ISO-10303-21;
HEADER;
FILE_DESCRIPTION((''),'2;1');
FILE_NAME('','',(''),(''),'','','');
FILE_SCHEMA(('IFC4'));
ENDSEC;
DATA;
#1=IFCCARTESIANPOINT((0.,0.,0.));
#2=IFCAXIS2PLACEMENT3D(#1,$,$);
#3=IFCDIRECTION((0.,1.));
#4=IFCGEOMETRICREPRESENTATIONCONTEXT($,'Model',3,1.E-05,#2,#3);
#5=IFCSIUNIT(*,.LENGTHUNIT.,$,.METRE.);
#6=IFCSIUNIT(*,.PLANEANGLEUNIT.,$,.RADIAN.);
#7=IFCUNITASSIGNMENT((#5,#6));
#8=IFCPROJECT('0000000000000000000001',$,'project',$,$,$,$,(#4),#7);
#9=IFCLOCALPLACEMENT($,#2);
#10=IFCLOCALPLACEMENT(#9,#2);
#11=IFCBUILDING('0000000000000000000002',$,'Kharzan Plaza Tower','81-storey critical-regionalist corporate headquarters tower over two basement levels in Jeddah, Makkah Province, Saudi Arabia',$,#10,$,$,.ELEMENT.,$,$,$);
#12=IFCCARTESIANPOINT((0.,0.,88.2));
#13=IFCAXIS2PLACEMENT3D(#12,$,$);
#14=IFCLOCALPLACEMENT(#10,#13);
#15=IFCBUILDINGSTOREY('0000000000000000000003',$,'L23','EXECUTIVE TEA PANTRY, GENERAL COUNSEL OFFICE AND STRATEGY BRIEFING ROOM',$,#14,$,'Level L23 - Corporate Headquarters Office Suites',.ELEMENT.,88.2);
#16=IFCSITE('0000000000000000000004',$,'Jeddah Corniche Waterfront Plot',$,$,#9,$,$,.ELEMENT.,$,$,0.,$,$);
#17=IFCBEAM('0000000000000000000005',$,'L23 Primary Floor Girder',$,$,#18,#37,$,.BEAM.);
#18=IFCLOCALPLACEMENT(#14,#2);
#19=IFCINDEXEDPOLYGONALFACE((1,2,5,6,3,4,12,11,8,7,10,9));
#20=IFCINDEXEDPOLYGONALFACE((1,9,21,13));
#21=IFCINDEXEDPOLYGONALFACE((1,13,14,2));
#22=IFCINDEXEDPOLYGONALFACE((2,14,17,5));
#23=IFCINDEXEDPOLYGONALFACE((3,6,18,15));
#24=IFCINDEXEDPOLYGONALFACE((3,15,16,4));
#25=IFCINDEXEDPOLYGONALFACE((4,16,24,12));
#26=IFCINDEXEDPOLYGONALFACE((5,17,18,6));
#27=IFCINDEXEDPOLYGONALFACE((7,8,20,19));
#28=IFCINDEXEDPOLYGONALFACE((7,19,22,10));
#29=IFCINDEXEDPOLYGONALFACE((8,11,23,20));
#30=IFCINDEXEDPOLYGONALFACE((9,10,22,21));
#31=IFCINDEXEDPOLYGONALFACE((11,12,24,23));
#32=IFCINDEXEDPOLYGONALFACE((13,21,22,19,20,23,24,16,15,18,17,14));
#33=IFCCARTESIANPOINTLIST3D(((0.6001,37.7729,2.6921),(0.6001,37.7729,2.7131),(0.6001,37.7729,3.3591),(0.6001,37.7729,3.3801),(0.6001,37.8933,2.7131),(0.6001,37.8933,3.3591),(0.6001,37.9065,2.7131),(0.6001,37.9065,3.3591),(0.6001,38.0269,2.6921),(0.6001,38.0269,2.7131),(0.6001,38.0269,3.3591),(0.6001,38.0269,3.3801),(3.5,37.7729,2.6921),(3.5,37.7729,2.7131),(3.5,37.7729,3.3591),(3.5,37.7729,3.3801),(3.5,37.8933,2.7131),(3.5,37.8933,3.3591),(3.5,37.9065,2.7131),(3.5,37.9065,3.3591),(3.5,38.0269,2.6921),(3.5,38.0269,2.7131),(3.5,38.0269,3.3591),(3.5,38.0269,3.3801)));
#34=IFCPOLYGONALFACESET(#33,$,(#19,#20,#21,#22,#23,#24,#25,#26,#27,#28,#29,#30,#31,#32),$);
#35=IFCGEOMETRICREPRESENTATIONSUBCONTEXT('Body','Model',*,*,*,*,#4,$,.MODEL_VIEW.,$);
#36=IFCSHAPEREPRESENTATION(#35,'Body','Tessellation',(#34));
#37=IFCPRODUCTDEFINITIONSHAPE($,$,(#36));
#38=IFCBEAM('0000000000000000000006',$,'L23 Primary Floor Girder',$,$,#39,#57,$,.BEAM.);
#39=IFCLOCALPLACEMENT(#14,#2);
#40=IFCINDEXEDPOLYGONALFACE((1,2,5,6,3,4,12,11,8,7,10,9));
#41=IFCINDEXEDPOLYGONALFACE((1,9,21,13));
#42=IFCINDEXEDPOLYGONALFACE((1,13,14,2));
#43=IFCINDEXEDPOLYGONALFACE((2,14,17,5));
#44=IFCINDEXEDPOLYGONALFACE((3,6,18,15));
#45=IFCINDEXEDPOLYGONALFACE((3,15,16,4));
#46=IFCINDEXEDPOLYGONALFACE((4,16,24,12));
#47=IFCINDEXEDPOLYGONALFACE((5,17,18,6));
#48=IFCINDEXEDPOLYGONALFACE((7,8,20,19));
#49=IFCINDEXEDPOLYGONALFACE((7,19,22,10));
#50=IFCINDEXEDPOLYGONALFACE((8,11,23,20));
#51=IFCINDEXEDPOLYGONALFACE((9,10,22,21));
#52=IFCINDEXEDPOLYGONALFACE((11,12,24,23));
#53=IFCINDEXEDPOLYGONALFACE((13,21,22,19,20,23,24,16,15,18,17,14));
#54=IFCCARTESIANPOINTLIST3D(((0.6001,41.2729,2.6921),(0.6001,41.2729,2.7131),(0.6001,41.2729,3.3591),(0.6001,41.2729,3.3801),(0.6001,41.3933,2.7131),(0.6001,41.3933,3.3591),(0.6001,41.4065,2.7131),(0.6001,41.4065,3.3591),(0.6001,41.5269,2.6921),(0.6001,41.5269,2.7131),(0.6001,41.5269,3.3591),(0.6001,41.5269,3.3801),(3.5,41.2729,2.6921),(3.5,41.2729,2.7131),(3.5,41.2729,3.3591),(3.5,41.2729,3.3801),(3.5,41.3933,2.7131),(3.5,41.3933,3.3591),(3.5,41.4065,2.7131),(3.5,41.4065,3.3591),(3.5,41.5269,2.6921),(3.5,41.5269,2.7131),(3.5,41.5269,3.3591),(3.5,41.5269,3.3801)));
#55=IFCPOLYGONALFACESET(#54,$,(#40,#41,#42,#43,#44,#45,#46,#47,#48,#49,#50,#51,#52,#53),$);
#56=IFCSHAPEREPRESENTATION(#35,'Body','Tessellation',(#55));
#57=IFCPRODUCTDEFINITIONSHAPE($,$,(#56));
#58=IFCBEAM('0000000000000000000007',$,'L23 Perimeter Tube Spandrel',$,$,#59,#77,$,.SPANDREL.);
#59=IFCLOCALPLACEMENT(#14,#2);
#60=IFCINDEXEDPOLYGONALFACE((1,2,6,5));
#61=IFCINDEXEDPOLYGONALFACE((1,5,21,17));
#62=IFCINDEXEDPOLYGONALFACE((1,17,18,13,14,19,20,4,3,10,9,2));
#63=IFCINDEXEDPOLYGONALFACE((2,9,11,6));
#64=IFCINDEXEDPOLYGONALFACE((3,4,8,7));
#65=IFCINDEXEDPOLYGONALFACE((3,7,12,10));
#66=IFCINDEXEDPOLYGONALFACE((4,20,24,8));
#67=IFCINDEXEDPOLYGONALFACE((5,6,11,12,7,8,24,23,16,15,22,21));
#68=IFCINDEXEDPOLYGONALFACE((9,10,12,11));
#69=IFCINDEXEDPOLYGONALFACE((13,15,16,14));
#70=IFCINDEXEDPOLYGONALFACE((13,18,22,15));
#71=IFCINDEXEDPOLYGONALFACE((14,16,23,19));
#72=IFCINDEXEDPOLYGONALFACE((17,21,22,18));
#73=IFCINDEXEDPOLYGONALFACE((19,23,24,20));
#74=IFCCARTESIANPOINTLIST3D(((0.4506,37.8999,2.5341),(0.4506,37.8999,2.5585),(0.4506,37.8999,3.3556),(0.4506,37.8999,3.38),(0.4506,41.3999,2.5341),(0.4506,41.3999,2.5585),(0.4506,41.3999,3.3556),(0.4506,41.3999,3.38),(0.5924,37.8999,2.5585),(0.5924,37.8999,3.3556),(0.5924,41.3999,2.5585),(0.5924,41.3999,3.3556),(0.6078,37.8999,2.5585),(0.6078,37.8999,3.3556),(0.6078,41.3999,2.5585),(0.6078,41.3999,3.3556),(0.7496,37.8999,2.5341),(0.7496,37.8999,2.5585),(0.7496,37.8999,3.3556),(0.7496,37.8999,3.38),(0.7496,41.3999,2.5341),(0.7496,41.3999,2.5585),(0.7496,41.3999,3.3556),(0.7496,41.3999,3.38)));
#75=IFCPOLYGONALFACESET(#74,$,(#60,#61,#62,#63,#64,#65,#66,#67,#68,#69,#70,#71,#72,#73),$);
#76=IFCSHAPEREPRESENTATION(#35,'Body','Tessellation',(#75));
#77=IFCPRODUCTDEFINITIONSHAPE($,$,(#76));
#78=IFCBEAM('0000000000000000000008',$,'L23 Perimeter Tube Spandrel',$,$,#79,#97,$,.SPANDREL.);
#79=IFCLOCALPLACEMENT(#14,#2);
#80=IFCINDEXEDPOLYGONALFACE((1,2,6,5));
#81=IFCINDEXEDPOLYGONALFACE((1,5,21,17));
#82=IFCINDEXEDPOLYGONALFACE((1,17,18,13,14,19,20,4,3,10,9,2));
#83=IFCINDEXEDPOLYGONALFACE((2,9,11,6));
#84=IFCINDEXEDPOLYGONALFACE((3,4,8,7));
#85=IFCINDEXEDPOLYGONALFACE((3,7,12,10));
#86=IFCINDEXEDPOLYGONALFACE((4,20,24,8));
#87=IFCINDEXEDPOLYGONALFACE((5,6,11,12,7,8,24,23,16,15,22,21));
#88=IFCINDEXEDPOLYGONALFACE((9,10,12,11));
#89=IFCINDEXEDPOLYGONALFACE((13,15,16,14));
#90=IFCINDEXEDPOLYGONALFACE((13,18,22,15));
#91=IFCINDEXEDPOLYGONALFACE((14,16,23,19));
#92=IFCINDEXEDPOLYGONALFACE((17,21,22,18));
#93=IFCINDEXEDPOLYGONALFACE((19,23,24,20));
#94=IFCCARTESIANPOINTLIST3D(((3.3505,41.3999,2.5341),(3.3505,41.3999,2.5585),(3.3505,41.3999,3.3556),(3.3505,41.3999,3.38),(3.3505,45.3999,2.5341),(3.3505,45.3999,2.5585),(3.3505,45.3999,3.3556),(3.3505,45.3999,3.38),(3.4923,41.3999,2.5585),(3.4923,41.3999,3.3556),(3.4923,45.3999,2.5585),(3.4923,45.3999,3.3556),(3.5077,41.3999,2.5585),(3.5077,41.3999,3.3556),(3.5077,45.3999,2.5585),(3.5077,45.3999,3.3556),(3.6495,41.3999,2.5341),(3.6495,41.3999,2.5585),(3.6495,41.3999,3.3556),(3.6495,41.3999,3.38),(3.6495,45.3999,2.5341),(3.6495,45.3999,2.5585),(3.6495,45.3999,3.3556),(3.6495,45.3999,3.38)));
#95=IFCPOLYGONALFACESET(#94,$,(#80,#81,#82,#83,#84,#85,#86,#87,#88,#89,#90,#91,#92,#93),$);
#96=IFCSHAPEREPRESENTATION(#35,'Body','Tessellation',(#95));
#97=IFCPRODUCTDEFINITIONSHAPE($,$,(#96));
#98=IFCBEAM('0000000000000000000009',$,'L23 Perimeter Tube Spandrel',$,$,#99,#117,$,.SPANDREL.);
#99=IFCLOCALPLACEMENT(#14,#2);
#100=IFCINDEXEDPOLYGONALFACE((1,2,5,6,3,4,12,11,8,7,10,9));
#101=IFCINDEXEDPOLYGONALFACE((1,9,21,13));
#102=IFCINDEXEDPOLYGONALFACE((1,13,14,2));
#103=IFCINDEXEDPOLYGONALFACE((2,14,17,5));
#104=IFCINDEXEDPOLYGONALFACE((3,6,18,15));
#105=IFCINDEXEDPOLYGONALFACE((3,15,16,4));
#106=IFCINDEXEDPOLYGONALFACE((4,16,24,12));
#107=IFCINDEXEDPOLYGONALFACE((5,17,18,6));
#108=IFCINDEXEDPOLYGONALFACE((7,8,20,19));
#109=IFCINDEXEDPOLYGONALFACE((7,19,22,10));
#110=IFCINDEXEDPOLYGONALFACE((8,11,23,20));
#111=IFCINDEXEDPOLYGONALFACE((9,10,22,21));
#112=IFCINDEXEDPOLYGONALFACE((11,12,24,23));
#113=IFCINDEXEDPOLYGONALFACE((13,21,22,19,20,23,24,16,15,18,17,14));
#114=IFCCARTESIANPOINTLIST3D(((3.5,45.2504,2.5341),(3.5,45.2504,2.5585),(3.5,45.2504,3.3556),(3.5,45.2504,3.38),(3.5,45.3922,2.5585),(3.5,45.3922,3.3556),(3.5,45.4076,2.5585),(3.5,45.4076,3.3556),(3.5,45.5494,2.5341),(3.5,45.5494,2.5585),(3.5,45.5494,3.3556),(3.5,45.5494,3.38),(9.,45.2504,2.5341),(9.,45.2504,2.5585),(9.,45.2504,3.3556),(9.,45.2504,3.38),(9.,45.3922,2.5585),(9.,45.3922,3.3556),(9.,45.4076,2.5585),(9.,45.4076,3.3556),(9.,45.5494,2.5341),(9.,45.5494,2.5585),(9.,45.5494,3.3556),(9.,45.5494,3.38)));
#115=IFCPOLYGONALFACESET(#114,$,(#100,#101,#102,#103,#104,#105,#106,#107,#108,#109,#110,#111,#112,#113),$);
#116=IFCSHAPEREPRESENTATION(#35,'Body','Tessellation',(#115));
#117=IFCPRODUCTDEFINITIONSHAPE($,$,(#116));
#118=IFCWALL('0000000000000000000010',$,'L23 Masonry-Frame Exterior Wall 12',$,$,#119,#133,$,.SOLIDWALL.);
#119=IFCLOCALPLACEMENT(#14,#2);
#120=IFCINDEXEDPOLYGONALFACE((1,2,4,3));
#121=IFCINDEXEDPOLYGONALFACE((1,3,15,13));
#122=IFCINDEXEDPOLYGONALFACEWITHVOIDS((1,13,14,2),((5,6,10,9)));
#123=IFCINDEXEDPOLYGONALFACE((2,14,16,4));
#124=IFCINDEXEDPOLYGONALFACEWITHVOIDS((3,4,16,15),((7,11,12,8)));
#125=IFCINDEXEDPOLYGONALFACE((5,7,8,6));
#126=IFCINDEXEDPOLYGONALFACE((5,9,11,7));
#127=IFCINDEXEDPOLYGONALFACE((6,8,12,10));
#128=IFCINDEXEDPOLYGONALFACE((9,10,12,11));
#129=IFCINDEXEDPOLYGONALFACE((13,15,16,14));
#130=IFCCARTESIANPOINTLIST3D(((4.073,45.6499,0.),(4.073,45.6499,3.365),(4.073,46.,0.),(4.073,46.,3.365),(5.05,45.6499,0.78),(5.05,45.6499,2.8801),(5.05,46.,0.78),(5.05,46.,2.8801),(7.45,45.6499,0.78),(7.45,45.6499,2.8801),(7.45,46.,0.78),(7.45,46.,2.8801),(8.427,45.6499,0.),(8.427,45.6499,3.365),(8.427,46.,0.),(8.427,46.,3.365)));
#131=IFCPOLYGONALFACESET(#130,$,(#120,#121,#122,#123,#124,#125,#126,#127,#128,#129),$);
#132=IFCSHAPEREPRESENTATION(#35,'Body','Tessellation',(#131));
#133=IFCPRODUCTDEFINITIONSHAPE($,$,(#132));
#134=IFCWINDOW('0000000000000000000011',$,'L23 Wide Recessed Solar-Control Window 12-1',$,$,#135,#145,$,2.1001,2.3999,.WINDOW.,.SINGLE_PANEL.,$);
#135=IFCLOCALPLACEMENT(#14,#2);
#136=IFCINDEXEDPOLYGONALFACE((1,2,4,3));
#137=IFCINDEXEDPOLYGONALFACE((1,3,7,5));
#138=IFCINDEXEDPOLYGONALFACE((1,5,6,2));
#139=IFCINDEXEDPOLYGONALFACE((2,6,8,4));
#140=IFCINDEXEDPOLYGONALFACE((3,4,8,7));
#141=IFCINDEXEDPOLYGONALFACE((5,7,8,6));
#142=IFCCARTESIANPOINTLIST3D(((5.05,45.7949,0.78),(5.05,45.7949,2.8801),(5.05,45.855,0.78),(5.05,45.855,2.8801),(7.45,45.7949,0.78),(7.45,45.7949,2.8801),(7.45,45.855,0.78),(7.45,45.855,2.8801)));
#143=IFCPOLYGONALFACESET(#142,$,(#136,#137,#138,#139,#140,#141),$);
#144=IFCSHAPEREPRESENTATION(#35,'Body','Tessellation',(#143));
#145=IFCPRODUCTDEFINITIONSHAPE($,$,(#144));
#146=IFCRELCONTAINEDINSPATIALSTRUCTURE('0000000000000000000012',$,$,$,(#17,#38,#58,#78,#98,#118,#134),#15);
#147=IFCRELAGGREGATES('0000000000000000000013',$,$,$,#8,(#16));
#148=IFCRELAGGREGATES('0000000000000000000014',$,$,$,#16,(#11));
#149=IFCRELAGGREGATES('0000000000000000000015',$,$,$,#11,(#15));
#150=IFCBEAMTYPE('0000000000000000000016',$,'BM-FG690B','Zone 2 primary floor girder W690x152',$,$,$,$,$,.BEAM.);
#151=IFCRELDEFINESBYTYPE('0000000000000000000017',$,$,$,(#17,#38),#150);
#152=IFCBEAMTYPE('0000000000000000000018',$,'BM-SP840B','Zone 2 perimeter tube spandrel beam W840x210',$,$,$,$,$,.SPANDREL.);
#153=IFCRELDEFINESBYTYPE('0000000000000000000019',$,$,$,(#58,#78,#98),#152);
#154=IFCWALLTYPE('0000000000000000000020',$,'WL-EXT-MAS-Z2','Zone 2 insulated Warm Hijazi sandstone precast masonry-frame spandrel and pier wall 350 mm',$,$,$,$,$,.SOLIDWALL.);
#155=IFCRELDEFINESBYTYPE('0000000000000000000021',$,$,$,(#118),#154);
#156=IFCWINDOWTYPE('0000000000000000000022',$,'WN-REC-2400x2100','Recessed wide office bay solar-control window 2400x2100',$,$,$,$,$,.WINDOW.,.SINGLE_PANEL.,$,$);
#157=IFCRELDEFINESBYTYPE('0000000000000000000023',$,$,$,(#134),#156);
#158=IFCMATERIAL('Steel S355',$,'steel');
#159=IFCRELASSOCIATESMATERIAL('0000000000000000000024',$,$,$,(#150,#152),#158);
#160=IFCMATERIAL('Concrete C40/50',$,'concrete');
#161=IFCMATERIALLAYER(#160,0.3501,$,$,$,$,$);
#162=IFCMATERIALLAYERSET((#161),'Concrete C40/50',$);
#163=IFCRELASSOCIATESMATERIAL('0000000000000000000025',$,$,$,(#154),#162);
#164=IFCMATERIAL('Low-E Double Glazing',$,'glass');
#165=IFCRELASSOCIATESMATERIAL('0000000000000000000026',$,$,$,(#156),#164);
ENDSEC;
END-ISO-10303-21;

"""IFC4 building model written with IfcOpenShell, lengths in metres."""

from ifc_helpers import new_model, si_unit, direction, frame, frame_2d, origin, origin_2d, place, context, subcontext, project, spatial, rectangle, i_section, extrude, source, transform, mapped, material, layer, layer_set, material_profile, profile_set, type_object, element, fill, save


model = new_model("IFC4")

# Units and contexts
model_context = context("Model", 3, precision=1e-05, world=origin(), true_north=direction((0.0, 1.0)))
body_context = subcontext(model_context, "Body", "Model", "MODEL_VIEW")
ifc_project = project(units=[si_unit("LENGTHUNIT", "METRE"), si_unit("PLANEANGLEUNIT", "RADIAN")], contexts=[model_context])

# Site, building, storey
site_placement = place(None, origin())
site = spatial("IfcSite", under=ifc_project, at=site_placement, Name="Jeddah Corniche Waterfront Plot", CompositionType="ELEMENT", RefElevation=0.0)
building_placement = place(site_placement, origin())
building = spatial("IfcBuilding", under=site, at=building_placement, Name="Kharzan Plaza Tower", Description="81-storey critical-regionalist corporate headquarters tower over two basement levels in Jeddah, Makkah Province, Saudi Arabia", CompositionType="ELEMENT")
storey_placement = place(building_placement, frame((0.0, 0.0, 88.2)))
storey = spatial("IfcBuildingStorey", under=building, at=storey_placement, Name="L23", Description="EXECUTIVE TEA PANTRY, GENERAL COUNSEL OFFICE AND STRATEGY BRIEFING ROOM", LongName="Level L23 - Corporate Headquarters Office Suites", CompositionType="ELEMENT", Elevation=88.2)

# Beams
ifc_material_1 = material(Name="Steel S355", Category="steel")
ifc_material_profile_1 = material_profile(ifc_material_1, i_section(OverallWidth=0.2539, OverallDepth=0.688, WebThickness=0.0132, FlangeThickness=0.021, at=origin_2d()), Name="W690x152")
ifc_profile_set_1 = profile_set([ifc_material_profile_1], Name="Steel S355")
beam_type_1 = type_object("IfcBeamType", Name="BM-FG690B", Description="Zone 2 primary floor girder W690x152", PredefinedType="BEAM", material=ifc_profile_set_1)
shared_shape_1 = source(origin(), body_context, "Body", "SweptSolid", [
    extrude(i_section(OverallWidth=0.2539, OverallDepth=0.688, WebThickness=0.0132, FlangeThickness=0.021, at=origin_2d()), origin(), (0.0, 0.0, 1.0), 2.8999),
])
for number, where, z_axis, x_axis, name in (
    (1, (0.6001, 37.8999, 3.0361), (1.0, 0.0, 0.0), (0.0, 1.0, 0.0), "L23 Primary Floor Girder"),
    (2, (0.6001, 41.3999, 3.0361), (1.0, 0.0, 0.0), (0.0, 1.0, 0.0), "L23 Primary Floor Girder"),
):
    element("IfcBeam", number, at=place(storey_placement, frame(where, z_axis=z_axis, x_axis=x_axis)), inside=storey, type_object=beam_type_1, Name=name, PredefinedType="BEAM", context=body_context, shape_type="MappedRepresentation", body=[
        mapped(shared_shape_1, transform((0.0, 0.0, 0.0), x_axis=(1.0, 0.0, 0.0), y_axis=(0.0, 1.0, 0.0), z_axis=(0.0, 0.0, 1.0))),
    ])
ifc_material_profile_2 = material_profile(ifc_material_1, i_section(OverallWidth=0.2991, OverallDepth=0.8459, WebThickness=0.0154, FlangeThickness=0.0244, at=origin_2d()), Name="W840x210")
ifc_profile_set_2 = profile_set([ifc_material_profile_2], Name="Steel S355")
beam_type_2 = type_object("IfcBeamType", Name="BM-SP840B", Description="Zone 2 perimeter tube spandrel beam W840x210", PredefinedType="SPANDREL", material=ifc_profile_set_2)
shared_shape_2 = source(origin(), body_context, "Body", "SweptSolid", [
    extrude(i_section(OverallWidth=0.2991, OverallDepth=0.8459, WebThickness=0.0154, FlangeThickness=0.0244, at=origin_2d()), origin(), (0.0, 0.0, 1.0), 3.5),
])
beam_1_placement = place(storey_placement, frame((0.6001, 37.8999, 2.957), z_axis=(0.0, 1.0, 0.0), x_axis=(-1.0, 0.0, 0.0)))
element("IfcBeam", 3, at=beam_1_placement, inside=storey, type_object=beam_type_2, Name="L23 Perimeter Tube Spandrel", PredefinedType="SPANDREL", context=body_context, shape_type="MappedRepresentation", body=[
    mapped(shared_shape_2, transform((0.0, 0.0, 0.0), x_axis=(1.0, 0.0, 0.0), y_axis=(0.0, 1.0, 0.0), z_axis=(0.0, 0.0, 1.0))),
])
shared_shape_3 = source(origin(), body_context, "Body", "SweptSolid", [
    extrude(i_section(OverallWidth=0.2991, OverallDepth=0.8459, WebThickness=0.0154, FlangeThickness=0.0244, at=origin_2d()), origin(), (0.0, 0.0, 1.0), 4.0),
])
beam_2_placement = place(storey_placement, frame((3.5, 41.3999, 2.957), z_axis=(0.0, 1.0, 0.0), x_axis=(-1.0, 0.0, 0.0)))
element("IfcBeam", 4, at=beam_2_placement, inside=storey, type_object=beam_type_2, Name="L23 Perimeter Tube Spandrel", PredefinedType="SPANDREL", context=body_context, shape_type="MappedRepresentation", body=[
    mapped(shared_shape_3, transform((0.0, 0.0, 0.0), x_axis=(1.0, 0.0, 0.0), y_axis=(0.0, 1.0, 0.0), z_axis=(0.0, 0.0, 1.0))),
])
shared_shape_4 = source(origin(), body_context, "Body", "SweptSolid", [
    extrude(i_section(OverallWidth=0.2991, OverallDepth=0.8459, WebThickness=0.0154, FlangeThickness=0.0244, at=origin_2d()), origin(), (0.0, 0.0, 1.0), 5.5),
])
beam_3_placement = place(storey_placement, frame((3.5, 45.3999, 2.957), z_axis=(1.0, 0.0, 0.0), x_axis=(0.0, 1.0, 0.0)))
element("IfcBeam", 5, at=beam_3_placement, inside=storey, type_object=beam_type_2, Name="L23 Perimeter Tube Spandrel", PredefinedType="SPANDREL", context=body_context, shape_type="MappedRepresentation", body=[
    mapped(shared_shape_4, transform((0.0, 0.0, 0.0), x_axis=(1.0, 0.0, 0.0), y_axis=(0.0, 1.0, 0.0), z_axis=(0.0, 0.0, 1.0))),
])

# Wall, opening, window
ifc_material_2 = material(Name="Concrete C40/50", Category="concrete")
ifc_layer_1 = layer(ifc_material_2, 0.3501)
ifc_layer_set_1 = layer_set([ifc_layer_1], Name="Concrete C40/50")
wall_type_1 = type_object("IfcWallType", Name="WL-EXT-MAS-Z2", Description="Zone 2 insulated Warm Hijazi sandstone precast masonry-frame spandrel and pier wall 350 mm", PredefinedType="SOLIDWALL", material=ifc_layer_set_1)
wall_1_placement = place(storey_placement, frame((8.427, 45.825, 0.0), z_axis=(0.0, 0.0, 1.0), x_axis=(-1.0, 0.0, 0.0)))
wall_1 = element("IfcWall", 6, at=wall_1_placement, inside=storey, type_object=wall_type_1, Name="L23 Masonry-Frame Exterior Wall 12", PredefinedType="SOLIDWALL", context=body_context, shape_type="SweptSolid", body=[
    extrude(rectangle(XDim=4.354, YDim=0.3501, at=frame_2d((2.177, 0.0))), origin(), (0.0, 0.0, 1.0), 3.365),
])
opening_1_placement = place(wall_1_placement, frame((0.9771, 0.0, 0.78)))
opening_1 = element("IfcOpeningElement", 7, at=opening_1_placement, cuts=wall_1, PredefinedType="OPENING", context=body_context, shape_type="SweptSolid", body=[
    extrude(rectangle(XDim=2.3999, YDim=2.1001, at=frame_2d((1.2, 1.05))), frame((0.0, 0.1851, 0.0), z_axis=(0.0, -1.0, 0.0), x_axis=(1.0, 0.0, 0.0)), (0.0, 0.0, 1.0), 0.3701),
])
ifc_material_3 = material(Name="Low-E Double Glazing", Category="glass")
window_type_1 = type_object("IfcWindowType", Name="WN-REC-2400x2100", Description="Recessed wide office bay solar-control window 2400x2100", PartitioningType="SINGLE_PANEL", PredefinedType="WINDOW", material=ifc_material_3)
shared_shape_5 = source(origin(), body_context, "Body", "SweptSolid", [
    extrude(rectangle(XDim=2.3999, YDim=2.1001, at=frame_2d((1.2, 1.05))), frame((0.0, 0.03, 0.0), z_axis=(0.0, -1.0, 0.0), x_axis=(1.0, 0.0, 0.0)), (0.0, 0.0, 1.0), 0.0601),
])
window_1_placement = place(opening_1_placement, origin())
window_1 = element("IfcWindow", 8, at=window_1_placement, inside=storey, type_object=window_type_1, Name="L23 Wide Recessed Solar-Control Window 12-1", OverallHeight=2.1001, OverallWidth=2.3999, PartitioningType="SINGLE_PANEL", PredefinedType="WINDOW", context=body_context, shape_type="MappedRepresentation", body=[
    mapped(shared_shape_5, transform((0.0, 0.0, 0.0), x_axis=(1.0, 0.0, 0.0), y_axis=(0.0, 1.0, 0.0), z_axis=(0.0, 0.0, 1.0))),
])
fill(opening_1, window_1)

save(model, "model.ifc")
